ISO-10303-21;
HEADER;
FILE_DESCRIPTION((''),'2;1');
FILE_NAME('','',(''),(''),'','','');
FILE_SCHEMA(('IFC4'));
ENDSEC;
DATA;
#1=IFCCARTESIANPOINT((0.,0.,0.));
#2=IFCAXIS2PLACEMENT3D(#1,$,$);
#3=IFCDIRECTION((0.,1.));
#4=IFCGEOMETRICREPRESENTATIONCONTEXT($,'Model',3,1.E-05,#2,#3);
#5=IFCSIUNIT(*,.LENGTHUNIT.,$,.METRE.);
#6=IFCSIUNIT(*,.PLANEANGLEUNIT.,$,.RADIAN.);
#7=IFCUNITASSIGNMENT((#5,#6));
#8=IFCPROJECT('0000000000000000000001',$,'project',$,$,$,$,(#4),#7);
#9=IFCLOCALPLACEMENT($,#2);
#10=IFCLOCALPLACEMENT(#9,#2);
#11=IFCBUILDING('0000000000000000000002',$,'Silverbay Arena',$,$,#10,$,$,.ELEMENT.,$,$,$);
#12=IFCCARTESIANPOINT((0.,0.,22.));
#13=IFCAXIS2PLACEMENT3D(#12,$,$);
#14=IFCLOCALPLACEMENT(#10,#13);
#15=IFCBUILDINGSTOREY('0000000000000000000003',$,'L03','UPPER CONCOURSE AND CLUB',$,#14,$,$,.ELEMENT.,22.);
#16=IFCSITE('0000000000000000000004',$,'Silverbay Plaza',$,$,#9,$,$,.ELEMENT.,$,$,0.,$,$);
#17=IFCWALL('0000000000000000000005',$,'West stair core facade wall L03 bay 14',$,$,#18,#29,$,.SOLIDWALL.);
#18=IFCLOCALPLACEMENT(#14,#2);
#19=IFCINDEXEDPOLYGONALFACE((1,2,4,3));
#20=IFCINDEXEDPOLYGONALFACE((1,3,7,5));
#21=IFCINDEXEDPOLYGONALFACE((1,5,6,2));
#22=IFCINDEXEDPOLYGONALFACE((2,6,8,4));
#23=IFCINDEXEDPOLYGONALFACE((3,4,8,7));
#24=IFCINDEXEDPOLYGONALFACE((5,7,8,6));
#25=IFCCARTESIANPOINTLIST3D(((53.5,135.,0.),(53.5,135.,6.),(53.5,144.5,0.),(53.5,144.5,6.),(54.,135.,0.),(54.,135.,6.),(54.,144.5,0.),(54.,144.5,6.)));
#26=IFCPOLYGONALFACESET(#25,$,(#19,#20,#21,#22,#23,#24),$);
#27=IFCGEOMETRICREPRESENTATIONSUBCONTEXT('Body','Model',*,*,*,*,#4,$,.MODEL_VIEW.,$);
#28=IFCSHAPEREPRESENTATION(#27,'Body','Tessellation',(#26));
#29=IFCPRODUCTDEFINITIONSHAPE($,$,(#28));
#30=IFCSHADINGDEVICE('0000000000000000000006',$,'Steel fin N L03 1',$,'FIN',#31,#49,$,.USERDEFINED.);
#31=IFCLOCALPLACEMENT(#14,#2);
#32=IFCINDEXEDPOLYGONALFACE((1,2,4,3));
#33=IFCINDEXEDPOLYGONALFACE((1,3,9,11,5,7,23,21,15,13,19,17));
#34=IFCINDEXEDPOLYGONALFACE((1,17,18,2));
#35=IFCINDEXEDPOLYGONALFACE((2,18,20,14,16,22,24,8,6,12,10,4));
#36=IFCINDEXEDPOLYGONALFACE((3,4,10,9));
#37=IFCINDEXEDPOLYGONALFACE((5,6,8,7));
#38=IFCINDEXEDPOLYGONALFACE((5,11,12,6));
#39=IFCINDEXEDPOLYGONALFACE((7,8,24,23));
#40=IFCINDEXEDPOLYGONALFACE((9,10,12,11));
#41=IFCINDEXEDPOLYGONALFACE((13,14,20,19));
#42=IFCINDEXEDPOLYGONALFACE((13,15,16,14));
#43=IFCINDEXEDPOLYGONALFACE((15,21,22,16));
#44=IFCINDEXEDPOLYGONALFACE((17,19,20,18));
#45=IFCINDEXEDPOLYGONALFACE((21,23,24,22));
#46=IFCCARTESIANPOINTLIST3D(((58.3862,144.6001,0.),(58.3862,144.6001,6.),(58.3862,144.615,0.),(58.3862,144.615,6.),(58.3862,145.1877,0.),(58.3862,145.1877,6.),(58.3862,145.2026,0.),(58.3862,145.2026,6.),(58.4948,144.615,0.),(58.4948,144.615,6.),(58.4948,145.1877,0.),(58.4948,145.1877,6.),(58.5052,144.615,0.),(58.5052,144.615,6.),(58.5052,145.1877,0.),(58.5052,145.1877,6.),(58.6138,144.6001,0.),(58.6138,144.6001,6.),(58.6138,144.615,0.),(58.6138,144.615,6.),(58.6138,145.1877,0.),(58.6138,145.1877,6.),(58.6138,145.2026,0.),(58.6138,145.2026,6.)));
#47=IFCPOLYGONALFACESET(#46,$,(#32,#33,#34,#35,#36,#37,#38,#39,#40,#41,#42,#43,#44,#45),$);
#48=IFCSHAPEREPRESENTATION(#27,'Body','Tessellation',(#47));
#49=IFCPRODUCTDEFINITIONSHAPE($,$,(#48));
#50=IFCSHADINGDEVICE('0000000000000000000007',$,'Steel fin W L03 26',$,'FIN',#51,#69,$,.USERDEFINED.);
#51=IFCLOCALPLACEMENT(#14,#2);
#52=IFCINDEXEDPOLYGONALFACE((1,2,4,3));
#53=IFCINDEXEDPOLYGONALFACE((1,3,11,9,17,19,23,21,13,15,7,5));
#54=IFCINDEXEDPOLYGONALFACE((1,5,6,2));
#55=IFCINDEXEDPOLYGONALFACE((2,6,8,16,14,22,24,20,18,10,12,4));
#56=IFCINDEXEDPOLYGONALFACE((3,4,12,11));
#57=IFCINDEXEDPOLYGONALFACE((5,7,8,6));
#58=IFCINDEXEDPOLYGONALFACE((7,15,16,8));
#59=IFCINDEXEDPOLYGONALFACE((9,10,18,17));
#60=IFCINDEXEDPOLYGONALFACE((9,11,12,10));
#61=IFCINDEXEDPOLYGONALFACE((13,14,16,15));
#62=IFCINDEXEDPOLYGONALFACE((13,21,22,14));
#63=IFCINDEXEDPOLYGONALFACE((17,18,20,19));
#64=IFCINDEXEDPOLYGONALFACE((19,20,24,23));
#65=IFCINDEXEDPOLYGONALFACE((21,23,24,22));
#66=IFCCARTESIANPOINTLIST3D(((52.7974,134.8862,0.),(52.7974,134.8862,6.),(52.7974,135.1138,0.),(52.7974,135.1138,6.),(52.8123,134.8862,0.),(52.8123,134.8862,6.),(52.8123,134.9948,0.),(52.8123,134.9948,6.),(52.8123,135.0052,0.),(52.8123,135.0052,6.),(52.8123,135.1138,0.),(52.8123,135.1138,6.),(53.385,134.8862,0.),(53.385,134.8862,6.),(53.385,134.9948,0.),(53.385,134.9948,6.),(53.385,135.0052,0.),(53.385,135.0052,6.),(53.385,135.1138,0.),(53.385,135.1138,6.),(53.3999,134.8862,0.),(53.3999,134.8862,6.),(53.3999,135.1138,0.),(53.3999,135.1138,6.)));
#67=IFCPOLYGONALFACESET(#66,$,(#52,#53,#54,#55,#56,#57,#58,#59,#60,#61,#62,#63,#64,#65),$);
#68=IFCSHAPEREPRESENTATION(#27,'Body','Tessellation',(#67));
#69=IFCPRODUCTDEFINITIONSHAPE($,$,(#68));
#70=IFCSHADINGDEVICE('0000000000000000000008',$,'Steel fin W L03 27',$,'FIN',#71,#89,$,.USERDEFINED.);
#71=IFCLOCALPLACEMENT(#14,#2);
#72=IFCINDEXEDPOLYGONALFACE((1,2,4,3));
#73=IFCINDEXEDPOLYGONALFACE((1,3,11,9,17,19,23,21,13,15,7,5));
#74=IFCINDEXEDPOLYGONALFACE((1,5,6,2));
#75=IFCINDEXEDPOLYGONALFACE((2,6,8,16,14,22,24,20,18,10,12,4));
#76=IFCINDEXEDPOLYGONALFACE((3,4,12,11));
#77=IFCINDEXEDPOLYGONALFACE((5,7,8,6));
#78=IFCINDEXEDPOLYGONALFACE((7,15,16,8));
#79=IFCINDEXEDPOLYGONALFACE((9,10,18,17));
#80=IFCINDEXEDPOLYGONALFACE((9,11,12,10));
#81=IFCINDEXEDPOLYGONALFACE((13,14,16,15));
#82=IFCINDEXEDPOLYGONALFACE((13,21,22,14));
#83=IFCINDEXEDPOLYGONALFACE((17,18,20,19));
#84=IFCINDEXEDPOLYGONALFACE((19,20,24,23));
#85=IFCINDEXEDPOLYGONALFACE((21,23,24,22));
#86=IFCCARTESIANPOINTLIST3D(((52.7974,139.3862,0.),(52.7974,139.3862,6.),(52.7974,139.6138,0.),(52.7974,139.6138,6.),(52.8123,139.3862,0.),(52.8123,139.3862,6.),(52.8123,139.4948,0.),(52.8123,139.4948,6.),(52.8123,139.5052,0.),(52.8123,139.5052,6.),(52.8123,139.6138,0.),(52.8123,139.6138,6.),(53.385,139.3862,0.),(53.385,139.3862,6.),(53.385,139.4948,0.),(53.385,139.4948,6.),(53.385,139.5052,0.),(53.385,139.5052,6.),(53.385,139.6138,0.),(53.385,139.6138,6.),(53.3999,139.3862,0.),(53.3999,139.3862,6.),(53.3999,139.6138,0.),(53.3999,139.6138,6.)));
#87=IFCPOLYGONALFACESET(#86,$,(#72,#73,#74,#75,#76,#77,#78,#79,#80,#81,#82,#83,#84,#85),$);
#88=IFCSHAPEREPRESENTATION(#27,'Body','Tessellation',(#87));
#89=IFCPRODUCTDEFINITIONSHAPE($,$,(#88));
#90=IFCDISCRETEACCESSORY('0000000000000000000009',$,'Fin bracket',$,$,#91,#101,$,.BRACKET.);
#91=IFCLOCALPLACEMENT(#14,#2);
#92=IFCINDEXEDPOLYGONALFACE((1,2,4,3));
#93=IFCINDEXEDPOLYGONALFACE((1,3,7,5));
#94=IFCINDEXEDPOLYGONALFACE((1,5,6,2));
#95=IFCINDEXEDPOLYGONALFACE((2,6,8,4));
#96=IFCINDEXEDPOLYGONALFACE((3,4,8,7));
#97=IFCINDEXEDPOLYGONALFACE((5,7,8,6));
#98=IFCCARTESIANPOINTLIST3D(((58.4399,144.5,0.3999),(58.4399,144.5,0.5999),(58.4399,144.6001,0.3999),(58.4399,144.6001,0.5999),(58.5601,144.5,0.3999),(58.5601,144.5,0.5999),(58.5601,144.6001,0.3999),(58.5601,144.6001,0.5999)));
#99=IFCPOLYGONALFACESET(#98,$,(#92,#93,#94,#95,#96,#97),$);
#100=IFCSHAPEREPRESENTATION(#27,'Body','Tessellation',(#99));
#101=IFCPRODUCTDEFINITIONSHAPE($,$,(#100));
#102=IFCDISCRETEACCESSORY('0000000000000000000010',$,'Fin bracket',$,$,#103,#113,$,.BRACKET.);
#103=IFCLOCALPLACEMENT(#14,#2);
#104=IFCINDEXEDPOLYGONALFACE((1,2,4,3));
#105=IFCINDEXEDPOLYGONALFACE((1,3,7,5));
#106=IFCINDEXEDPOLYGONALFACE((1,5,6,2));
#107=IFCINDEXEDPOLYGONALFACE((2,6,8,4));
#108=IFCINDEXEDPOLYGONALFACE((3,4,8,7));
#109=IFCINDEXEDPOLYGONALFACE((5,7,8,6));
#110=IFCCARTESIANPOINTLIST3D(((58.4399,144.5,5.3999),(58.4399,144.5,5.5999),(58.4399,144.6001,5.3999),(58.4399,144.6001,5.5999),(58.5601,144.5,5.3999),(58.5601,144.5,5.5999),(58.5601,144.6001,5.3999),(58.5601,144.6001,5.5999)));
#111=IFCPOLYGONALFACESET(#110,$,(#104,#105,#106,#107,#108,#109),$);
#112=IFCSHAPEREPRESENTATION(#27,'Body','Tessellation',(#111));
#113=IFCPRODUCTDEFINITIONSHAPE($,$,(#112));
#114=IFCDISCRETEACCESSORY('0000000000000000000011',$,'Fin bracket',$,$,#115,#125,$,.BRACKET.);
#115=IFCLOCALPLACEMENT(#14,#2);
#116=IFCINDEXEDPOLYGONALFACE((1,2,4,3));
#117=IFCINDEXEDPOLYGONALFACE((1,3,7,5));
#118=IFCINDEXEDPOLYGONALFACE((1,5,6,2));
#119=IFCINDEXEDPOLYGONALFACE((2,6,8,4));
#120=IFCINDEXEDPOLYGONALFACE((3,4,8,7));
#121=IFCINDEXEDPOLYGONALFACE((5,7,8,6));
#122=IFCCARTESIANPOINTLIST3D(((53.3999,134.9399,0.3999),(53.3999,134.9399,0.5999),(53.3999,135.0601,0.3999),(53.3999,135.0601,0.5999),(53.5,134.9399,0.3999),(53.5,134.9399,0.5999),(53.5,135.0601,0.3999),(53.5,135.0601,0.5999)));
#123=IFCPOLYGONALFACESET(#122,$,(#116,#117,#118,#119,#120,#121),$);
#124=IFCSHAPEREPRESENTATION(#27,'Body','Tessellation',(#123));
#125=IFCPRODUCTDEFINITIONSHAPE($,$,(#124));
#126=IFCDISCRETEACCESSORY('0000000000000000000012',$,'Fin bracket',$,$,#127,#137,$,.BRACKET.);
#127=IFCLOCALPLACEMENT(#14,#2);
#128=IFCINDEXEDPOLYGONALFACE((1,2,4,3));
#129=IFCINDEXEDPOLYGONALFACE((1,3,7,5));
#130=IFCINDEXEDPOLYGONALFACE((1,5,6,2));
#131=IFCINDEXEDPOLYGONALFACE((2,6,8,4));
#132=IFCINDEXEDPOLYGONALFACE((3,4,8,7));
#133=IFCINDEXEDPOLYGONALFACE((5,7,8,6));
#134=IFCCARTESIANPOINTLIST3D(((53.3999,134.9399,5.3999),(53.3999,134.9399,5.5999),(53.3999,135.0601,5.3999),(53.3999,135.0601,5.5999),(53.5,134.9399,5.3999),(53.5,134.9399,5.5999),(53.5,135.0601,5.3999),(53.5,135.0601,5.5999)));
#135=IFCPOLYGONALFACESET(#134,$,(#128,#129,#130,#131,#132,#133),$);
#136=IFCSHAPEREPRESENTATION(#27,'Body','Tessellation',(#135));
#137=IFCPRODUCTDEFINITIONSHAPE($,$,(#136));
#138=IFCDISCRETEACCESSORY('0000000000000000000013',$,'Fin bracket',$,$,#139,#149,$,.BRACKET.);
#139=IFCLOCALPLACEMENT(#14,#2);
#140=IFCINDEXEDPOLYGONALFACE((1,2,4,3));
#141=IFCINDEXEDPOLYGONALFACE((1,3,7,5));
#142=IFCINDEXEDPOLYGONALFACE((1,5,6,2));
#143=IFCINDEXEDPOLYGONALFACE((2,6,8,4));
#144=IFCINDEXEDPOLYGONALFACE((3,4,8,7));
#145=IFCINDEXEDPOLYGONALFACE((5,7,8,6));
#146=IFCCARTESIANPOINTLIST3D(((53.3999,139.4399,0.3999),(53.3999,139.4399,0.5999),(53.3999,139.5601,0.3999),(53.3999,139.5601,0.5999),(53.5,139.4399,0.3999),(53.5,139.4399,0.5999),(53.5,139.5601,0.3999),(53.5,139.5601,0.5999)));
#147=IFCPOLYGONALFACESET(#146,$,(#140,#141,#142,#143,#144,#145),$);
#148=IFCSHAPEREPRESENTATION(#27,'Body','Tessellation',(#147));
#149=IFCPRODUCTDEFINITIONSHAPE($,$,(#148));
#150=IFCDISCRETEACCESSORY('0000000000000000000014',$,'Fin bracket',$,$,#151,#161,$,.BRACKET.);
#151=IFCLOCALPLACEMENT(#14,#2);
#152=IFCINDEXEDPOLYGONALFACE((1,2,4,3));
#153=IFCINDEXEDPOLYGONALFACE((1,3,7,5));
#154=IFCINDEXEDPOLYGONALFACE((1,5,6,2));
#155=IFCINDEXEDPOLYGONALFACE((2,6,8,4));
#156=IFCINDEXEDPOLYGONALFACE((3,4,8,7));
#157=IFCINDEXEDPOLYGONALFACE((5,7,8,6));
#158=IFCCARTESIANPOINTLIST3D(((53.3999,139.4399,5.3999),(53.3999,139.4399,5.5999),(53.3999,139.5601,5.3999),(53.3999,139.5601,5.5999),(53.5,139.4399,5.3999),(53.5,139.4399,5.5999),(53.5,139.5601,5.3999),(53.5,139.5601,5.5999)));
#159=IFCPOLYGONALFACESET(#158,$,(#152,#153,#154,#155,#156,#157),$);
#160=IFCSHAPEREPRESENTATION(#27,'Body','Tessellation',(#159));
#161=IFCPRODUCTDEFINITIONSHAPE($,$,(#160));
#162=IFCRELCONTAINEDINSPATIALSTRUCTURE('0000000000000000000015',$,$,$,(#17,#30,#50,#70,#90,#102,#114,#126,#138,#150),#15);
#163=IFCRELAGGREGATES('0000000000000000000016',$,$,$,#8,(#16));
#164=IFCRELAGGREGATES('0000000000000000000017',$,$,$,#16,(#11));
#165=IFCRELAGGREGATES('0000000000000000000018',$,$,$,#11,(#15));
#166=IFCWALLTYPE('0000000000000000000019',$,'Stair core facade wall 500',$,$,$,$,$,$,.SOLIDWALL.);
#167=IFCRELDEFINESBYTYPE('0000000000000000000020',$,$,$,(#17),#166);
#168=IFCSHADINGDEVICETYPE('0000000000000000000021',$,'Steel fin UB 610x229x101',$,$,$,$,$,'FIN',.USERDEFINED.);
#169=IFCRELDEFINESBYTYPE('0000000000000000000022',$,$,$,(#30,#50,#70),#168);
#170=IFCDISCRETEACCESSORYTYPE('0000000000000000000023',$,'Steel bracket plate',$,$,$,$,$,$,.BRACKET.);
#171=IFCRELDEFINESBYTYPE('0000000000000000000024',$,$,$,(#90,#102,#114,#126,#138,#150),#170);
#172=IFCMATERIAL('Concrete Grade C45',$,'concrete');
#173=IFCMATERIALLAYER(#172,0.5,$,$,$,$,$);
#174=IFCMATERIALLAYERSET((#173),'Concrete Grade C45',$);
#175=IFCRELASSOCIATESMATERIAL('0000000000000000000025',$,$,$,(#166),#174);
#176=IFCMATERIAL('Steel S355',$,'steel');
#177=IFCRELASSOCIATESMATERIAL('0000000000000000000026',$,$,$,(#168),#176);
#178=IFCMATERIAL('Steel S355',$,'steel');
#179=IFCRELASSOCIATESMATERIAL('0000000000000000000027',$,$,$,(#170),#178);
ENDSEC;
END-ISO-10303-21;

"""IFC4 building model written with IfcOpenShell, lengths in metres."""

from ifc_helpers import new_model, si_unit, direction, frame, frame_2d, origin, origin_2d, place, context, subcontext, project, spatial, rectangle, i_section, extrude, material, layer, layer_set, material_profile, profile_set, type_object, element, save


model = new_model("IFC4")

# Units and contexts
model_context = context("Model", 3, precision=1e-05, world=origin(), true_north=direction((0.0, 1.0)))
body_context = subcontext(model_context, "Body", "Model", "MODEL_VIEW")
ifc_project = project(units=[si_unit("LENGTHUNIT", "METRE"), si_unit("PLANEANGLEUNIT", "RADIAN")], contexts=[model_context])

# Site, building, storey
site_placement = place(None, origin())
site = spatial("IfcSite", under=ifc_project, at=site_placement, Name="Silverbay Plaza", CompositionType="ELEMENT", RefElevation=0.0)
building_placement = place(site_placement, origin())
building = spatial("IfcBuilding", under=site, at=building_placement, Name="Silverbay Arena", CompositionType="ELEMENT")
storey_placement = place(building_placement, frame((0.0, 0.0, 22.0)))
storey = spatial("IfcBuildingStorey", under=building, at=storey_placement, Name="L03", Description="UPPER CONCOURSE AND CLUB", CompositionType="ELEMENT", Elevation=22.0)

# Wall
ifc_material_1 = material(Name="Concrete Grade C45", Category="concrete")
ifc_layer_1 = layer(ifc_material_1, 0.5)
ifc_layer_set_1 = layer_set([ifc_layer_1], Name="Concrete Grade C45")
wall_type_1 = type_object("IfcWallType", Name="Stair core facade wall 500", PredefinedType="SOLIDWALL", material=ifc_layer_set_1)
wall_1_placement = place(storey_placement, frame((53.75, 144.5, 0.0), z_axis=(0.0, 0.0, 1.0), x_axis=(0.0, -1.0, 0.0)))
element("IfcWall", 1, at=wall_1_placement, inside=storey, type_object=wall_type_1, Name="West stair core facade wall L03 bay 14", PredefinedType="SOLIDWALL", context=body_context, shape_type="SweptSolid", body=[
    extrude(rectangle(XDim=9.5, YDim=0.5, at=frame_2d((4.75, 0.0))), origin(), (0.0, 0.0, 1.0), 6.0),
])

# Shading devices
ifc_material_2 = material(Name="Steel S355", Category="steel")
ifc_material_profile_1 = material_profile(ifc_material_2, i_section(OverallWidth=0.2275, OverallDepth=0.6025, WebThickness=0.0105, FlangeThickness=0.0149, at=origin_2d()), Name="UB 610x229x101")
ifc_profile_set_1 = profile_set([ifc_material_profile_1], Name="Steel S355")
shading_device_type = type_object("IfcShadingDeviceType", Name="Steel fin UB 610x229x101", ElementType="FIN", PredefinedType="USERDEFINED", material=ifc_profile_set_1)
for number, where, z_axis, x_axis, name in (
    (2, (58.5, 144.9014, 0.0), (0.0, 0.0, 1.0), (1.0, 0.0, 0.0), "Steel fin N L03 1"),
    (3, (53.0986, 135.0, 0.0), (0.0, 0.0, 1.0), (0.0, 1.0, 0.0), "Steel fin W L03 26"),
    (4, (53.0986, 139.5, 0.0), (0.0, 0.0, 1.0), (0.0, 1.0, 0.0), "Steel fin W L03 27"),
):
    element("IfcShadingDevice", number, at=place(storey_placement, frame(where, z_axis=z_axis, x_axis=x_axis)), inside=storey, type_object=shading_device_type, Name=name, ObjectType="FIN", PredefinedType="USERDEFINED", context=body_context, shape_type="SweptSolid", body=[
        extrude(i_section(OverallWidth=0.2275, OverallDepth=0.6025, WebThickness=0.0105, FlangeThickness=0.0149, at=origin_2d()), origin(), (0.0, 0.0, 1.0), 6.0),
    ])

# Discrete accessories
ifc_material_3 = material(Name="Steel S355", Category="steel")
discrete_accessory_type = type_object("IfcDiscreteAccessoryType", Name="Steel bracket plate", PredefinedType="BRACKET", material=ifc_material_3)
for number, where, z_axis, x_axis, name in (
    (5, (58.5, 144.55, 0.3999), (0.0, 0.0, 1.0), (1.0, 0.0, 0.0), "Fin bracket"),
    (6, (58.5, 144.55, 5.3999), (0.0, 0.0, 1.0), (1.0, 0.0, 0.0), "Fin bracket"),
):
    element("IfcDiscreteAccessory", number, at=place(storey_placement, frame(where, z_axis=z_axis, x_axis=x_axis)), inside=storey, type_object=discrete_accessory_type, Name=name, PredefinedType="BRACKET", context=body_context, shape_type="SweptSolid", body=[
        extrude(rectangle(XDim=0.1201, YDim=0.1001, at=origin_2d()), origin(), (0.0, 0.0, 1.0), 0.2),
    ])
for number, where, z_axis, x_axis, name in (
    (7, (53.45, 135.0, 0.3999), (0.0, 0.0, 1.0), (1.0, 0.0, 0.0), "Fin bracket"),
    (8, (53.45, 135.0, 5.3999), (0.0, 0.0, 1.0), (1.0, 0.0, 0.0), "Fin bracket"),
    (9, (53.45, 139.5, 0.3999), (0.0, 0.0, 1.0), (1.0, 0.0, 0.0), "Fin bracket"),
    (10, (53.45, 139.5, 5.3999), (0.0, 0.0, 1.0), (1.0, 0.0, 0.0), "Fin bracket"),
):
    element("IfcDiscreteAccessory", number, at=place(storey_placement, frame(where, z_axis=z_axis, x_axis=x_axis)), inside=storey, type_object=discrete_accessory_type, Name=name, PredefinedType="BRACKET", context=body_context, shape_type="SweptSolid", body=[
        extrude(rectangle(XDim=0.1001, YDim=0.1201, at=origin_2d()), origin(), (0.0, 0.0, 1.0), 0.2),
    ])

save(model, "model.ifc")
